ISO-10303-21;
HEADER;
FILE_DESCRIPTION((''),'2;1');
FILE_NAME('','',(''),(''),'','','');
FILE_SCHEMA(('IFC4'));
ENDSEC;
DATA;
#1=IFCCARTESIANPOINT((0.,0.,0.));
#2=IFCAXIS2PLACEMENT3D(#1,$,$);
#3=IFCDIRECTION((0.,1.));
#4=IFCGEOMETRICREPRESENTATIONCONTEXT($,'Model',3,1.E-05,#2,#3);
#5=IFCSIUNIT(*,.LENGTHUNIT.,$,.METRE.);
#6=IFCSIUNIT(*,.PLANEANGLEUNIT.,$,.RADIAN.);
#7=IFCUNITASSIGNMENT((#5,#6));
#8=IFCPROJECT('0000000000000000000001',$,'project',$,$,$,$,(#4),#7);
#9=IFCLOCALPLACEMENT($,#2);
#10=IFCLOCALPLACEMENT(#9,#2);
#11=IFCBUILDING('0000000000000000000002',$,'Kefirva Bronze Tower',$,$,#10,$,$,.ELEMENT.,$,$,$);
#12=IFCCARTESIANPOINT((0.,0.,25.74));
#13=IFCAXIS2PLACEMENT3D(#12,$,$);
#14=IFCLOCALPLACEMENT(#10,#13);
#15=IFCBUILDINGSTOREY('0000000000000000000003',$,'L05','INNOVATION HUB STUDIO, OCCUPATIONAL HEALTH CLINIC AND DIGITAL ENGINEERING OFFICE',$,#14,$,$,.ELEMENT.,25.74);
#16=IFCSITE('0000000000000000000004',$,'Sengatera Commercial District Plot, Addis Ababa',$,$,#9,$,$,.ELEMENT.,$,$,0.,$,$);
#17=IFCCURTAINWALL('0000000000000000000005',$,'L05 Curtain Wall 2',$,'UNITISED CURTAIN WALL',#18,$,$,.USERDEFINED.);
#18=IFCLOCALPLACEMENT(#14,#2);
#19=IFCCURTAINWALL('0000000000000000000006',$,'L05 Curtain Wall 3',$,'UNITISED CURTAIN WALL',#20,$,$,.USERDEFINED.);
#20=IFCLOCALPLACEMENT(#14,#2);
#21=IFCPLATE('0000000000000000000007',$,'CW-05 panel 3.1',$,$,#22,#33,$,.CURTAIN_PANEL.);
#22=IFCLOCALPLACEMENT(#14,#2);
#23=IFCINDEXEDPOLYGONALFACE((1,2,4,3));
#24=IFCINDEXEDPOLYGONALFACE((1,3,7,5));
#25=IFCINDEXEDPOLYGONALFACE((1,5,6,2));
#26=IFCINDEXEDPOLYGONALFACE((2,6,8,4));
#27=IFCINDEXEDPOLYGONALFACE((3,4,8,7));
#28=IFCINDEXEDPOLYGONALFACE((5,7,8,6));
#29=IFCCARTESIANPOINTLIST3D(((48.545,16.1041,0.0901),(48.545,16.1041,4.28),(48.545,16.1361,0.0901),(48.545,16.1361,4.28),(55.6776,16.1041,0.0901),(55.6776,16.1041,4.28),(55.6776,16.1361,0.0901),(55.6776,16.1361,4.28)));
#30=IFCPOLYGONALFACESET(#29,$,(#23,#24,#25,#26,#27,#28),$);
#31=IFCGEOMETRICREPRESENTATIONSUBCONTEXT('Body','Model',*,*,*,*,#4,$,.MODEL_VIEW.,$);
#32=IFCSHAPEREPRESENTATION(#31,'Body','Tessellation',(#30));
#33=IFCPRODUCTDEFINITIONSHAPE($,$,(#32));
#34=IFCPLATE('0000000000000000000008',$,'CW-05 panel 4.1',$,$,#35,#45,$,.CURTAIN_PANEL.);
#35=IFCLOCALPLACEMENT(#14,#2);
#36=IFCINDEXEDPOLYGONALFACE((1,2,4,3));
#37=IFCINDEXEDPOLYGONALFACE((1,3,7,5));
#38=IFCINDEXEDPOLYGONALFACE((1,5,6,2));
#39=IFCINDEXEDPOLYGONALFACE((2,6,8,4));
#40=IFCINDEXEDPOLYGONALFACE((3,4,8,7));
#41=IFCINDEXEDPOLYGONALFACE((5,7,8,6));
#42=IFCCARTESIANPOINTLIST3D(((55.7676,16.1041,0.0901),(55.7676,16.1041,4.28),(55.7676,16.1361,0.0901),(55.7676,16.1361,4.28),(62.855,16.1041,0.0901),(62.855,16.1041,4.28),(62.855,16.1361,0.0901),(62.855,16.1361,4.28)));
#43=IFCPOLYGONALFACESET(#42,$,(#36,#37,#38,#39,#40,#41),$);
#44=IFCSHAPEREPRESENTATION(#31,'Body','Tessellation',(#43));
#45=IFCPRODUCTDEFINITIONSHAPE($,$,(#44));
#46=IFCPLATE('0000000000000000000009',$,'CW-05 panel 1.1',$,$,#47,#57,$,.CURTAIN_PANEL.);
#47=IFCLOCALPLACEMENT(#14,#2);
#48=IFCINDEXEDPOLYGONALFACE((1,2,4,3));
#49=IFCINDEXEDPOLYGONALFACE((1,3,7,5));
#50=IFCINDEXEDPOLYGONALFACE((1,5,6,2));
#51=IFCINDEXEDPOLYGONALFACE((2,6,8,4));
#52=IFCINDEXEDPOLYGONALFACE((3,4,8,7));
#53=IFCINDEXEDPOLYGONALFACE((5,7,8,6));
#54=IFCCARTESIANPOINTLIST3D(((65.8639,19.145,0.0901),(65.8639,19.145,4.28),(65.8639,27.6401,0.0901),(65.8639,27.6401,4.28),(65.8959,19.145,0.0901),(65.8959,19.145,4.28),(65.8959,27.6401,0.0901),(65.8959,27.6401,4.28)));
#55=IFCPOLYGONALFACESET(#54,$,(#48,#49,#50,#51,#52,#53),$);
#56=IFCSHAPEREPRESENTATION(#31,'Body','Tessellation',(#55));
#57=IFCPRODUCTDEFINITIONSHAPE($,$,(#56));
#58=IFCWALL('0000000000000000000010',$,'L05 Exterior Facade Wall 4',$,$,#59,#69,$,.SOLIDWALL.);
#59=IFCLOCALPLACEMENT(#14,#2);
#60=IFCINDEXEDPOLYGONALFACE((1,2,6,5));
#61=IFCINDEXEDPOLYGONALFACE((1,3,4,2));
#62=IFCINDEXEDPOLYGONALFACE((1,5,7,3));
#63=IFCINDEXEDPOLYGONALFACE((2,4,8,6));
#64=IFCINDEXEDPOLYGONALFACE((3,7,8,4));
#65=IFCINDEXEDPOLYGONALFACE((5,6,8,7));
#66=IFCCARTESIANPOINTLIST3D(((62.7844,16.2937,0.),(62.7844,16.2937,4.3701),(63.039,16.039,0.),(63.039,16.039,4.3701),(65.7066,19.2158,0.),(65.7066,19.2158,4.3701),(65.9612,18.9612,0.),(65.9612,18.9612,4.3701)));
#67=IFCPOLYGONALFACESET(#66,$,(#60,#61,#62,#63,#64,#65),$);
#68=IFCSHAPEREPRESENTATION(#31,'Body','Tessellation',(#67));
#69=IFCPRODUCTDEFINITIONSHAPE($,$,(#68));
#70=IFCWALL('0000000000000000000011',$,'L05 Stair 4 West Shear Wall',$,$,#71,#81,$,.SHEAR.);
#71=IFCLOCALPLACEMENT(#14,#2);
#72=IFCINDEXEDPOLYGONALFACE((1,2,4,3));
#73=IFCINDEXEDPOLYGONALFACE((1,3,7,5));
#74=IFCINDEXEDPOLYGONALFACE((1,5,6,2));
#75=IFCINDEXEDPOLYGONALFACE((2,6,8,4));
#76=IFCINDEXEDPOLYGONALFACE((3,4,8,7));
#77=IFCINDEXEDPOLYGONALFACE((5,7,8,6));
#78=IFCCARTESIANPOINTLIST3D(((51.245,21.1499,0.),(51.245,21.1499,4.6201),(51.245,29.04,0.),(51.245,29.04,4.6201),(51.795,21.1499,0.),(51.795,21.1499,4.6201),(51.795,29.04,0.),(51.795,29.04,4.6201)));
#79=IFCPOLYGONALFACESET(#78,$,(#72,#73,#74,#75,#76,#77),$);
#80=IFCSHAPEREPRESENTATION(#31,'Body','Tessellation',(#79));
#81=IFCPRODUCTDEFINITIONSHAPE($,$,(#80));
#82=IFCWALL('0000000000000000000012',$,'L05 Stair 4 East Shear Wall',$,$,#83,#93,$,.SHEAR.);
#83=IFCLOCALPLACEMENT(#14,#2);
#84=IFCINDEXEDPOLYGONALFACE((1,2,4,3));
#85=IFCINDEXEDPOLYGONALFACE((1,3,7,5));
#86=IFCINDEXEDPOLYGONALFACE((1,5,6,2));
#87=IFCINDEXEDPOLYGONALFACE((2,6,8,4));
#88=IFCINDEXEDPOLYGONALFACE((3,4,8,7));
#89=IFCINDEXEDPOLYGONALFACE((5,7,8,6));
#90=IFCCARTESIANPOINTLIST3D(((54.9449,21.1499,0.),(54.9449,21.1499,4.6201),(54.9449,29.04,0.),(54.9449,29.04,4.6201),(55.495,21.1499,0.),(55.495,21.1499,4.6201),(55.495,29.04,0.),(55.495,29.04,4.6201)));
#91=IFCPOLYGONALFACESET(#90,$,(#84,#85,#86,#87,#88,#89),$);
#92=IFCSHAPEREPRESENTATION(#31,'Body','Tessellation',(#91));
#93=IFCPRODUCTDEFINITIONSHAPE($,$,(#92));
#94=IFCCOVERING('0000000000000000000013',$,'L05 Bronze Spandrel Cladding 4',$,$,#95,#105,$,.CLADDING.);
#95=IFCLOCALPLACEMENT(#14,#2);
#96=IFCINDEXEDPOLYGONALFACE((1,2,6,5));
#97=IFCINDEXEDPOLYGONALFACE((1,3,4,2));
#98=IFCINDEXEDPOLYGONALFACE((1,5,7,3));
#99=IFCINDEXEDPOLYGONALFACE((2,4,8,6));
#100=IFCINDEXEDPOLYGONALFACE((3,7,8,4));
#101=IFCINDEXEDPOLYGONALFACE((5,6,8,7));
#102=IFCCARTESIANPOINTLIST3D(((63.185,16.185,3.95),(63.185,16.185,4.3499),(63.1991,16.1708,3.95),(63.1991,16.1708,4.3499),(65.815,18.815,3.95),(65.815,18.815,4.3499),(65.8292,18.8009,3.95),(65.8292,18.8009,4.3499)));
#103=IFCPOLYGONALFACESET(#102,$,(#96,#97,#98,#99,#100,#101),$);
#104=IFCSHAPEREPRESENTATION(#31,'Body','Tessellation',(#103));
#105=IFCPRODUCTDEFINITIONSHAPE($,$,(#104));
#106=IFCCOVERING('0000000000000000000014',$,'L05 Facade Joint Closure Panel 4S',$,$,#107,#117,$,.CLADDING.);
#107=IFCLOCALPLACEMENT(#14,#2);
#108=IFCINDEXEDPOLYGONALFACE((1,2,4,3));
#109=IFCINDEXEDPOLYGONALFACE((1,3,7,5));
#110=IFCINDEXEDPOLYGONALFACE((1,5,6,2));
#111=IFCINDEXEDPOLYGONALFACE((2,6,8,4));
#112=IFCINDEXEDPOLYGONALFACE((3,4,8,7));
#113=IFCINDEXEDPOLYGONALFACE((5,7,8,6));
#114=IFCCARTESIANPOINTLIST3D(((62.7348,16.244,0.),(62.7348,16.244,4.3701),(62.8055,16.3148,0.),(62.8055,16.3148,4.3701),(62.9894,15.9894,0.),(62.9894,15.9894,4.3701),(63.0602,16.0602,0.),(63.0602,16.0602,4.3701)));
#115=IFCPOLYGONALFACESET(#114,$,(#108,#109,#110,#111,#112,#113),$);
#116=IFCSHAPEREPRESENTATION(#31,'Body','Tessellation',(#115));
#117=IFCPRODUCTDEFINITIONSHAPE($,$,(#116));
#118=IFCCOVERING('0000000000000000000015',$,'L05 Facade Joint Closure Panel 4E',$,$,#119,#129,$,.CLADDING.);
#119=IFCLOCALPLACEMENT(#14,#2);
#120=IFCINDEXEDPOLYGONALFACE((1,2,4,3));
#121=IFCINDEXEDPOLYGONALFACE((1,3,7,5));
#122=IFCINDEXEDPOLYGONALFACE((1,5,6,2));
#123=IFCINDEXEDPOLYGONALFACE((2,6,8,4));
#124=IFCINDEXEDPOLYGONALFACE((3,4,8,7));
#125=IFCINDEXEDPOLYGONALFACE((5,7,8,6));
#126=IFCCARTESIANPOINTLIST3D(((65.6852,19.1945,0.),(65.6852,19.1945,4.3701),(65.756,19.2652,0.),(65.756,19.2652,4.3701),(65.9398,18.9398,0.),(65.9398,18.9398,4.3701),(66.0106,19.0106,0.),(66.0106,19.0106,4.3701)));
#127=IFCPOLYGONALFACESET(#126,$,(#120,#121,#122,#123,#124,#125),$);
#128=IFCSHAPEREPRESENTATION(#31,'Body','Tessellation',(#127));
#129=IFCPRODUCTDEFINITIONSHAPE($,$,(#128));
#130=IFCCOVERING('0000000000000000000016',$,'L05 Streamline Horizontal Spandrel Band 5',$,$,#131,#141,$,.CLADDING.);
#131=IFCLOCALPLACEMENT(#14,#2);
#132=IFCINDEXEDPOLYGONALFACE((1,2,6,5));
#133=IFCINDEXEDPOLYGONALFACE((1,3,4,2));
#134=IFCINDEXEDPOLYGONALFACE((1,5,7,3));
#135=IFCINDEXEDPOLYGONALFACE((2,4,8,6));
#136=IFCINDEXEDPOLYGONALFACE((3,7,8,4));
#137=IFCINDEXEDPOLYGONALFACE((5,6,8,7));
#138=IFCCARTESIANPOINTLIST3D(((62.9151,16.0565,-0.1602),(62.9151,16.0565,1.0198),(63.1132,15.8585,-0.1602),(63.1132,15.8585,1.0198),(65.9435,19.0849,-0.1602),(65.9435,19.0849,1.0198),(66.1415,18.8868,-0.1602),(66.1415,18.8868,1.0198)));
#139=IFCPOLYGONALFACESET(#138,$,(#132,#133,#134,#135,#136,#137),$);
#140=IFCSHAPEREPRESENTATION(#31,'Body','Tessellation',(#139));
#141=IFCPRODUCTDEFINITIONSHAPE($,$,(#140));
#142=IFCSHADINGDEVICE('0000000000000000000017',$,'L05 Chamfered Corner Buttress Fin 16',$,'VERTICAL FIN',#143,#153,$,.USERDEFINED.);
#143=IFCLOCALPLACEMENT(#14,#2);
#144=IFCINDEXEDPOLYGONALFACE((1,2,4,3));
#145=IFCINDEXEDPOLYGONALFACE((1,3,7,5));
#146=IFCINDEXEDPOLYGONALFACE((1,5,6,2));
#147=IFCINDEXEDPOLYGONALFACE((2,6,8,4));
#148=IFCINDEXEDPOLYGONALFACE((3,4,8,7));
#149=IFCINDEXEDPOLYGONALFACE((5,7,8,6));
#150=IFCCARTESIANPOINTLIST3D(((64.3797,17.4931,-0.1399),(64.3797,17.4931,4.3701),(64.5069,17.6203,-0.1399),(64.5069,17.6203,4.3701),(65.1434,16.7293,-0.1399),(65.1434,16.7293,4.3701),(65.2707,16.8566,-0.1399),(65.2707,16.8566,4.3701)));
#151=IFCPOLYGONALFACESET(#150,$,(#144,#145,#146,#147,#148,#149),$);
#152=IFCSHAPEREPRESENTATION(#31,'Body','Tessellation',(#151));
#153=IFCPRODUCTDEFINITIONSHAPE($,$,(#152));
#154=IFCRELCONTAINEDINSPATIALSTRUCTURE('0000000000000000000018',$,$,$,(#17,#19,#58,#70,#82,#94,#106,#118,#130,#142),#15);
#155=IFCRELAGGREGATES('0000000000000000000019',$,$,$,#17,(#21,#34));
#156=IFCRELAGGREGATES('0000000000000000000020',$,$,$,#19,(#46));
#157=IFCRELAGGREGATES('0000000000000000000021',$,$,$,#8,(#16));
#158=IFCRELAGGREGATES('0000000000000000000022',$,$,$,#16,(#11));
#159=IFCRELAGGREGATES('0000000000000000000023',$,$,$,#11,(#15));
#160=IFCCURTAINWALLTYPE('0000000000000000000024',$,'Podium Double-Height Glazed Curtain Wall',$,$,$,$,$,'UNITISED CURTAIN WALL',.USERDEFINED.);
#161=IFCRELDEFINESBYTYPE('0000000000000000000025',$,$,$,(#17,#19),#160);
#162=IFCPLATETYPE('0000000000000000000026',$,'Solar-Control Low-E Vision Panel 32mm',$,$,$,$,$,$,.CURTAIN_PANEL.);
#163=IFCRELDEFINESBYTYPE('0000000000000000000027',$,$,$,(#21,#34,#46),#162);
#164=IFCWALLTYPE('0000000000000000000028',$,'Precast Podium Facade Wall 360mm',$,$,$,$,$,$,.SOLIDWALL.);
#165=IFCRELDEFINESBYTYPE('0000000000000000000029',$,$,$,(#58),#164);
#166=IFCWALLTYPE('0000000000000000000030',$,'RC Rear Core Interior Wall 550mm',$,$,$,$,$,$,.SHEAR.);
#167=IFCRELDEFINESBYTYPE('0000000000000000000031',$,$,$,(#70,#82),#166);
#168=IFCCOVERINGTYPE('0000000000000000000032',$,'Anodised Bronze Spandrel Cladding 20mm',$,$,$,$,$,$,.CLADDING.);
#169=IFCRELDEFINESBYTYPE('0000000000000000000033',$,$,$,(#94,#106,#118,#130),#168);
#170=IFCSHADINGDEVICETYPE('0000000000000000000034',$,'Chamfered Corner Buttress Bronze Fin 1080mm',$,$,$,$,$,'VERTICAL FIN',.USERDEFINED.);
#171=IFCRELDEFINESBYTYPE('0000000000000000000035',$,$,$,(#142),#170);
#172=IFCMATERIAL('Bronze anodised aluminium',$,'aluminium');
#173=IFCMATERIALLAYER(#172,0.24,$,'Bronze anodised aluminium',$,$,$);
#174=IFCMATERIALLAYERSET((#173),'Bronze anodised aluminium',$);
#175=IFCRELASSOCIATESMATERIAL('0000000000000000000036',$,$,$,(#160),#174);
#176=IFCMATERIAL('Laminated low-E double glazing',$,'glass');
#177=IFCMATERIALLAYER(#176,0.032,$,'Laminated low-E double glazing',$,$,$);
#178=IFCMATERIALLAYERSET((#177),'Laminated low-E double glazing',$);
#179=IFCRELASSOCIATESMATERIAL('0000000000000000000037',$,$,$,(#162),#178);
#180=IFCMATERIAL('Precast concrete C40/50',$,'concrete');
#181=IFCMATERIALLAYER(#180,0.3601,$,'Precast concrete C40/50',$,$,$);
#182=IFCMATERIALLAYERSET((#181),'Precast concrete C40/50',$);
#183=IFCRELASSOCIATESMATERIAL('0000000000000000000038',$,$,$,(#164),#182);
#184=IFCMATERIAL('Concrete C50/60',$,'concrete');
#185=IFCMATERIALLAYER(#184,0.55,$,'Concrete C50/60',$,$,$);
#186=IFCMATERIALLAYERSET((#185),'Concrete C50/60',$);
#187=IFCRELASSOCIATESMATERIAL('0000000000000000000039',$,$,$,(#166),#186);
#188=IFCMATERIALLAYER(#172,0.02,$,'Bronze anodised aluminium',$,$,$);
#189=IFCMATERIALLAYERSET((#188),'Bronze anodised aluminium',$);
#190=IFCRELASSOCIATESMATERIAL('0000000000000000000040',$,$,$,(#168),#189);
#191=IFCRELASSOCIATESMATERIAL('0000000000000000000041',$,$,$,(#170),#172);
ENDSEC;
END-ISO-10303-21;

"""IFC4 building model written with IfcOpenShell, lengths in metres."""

from ifc_helpers import new_model, si_unit, direction, frame, frame_2d, origin, origin_2d, place, context, subcontext, project, spatial, rectangle, extrude, material, layer, layer_set, material_profile, profile_set, type_object, element, aggregate, save


model = new_model("IFC4")

# Units and contexts
model_context = context("Model", 3, precision=1e-05, world=origin(), true_north=direction((0.0, 1.0)))
body_context = subcontext(model_context, "Body", "Model", "MODEL_VIEW")
ifc_project = project(units=[si_unit("LENGTHUNIT", "METRE"), si_unit("PLANEANGLEUNIT", "RADIAN")], contexts=[model_context])

# Site, building, storey
site_placement = place(None, origin())
site = spatial("IfcSite", under=ifc_project, at=site_placement, Name="Sengatera Commercial District Plot, Addis Ababa", CompositionType="ELEMENT", RefElevation=0.0)
building_placement = place(site_placement, origin())
building = spatial("IfcBuilding", under=site, at=building_placement, Name="Kefirva Bronze Tower", CompositionType="ELEMENT")
storey_placement = place(building_placement, frame((0.0, 0.0, 25.74)))
storey = spatial("IfcBuildingStorey", under=building, at=storey_placement, Name="L05", Description="INNOVATION HUB STUDIO, OCCUPATIONAL HEALTH CLINIC AND DIGITAL ENGINEERING OFFICE", CompositionType="ELEMENT", Elevation=25.74)

# Curtain wall
ifc_material_1 = material(Name="Bronze anodised aluminium", Category="aluminium")
ifc_layer_1 = layer(ifc_material_1, 0.24, Name="Bronze anodised aluminium")
ifc_layer_set_1 = layer_set([ifc_layer_1], Name="Bronze anodised aluminium")
curtain_wall_type = type_object("IfcCurtainWallType", Name="Podium Double-Height Glazed Curtain Wall", ElementType="UNITISED CURTAIN WALL", PredefinedType="USERDEFINED", material=ifc_layer_set_1)
curtain_wall_1_placement = place(storey_placement, origin())
curtain_wall_1 = element("IfcCurtainWall", 1, at=curtain_wall_1_placement, inside=storey, type_object=curtain_wall_type, Name="L05 Curtain Wall 2", ObjectType="UNITISED CURTAIN WALL", PredefinedType="USERDEFINED")

# Curtain wall
curtain_wall_2_placement = place(storey_placement, origin())
curtain_wall_2 = element("IfcCurtainWall", 2, at=curtain_wall_2_placement, inside=storey, type_object=curtain_wall_type, Name="L05 Curtain Wall 3", ObjectType="UNITISED CURTAIN WALL", PredefinedType="USERDEFINED")

# Shared definitions
ifc_material_2 = material(Name="Concrete C50/60", Category="concrete")

# Plates
ifc_material_3 = material(Name="Laminated low-E double glazing", Category="glass")
ifc_layer_2 = layer(ifc_material_3, 0.032, Name="Laminated low-E double glazing")
ifc_layer_set_2 = layer_set([ifc_layer_2], Name="Laminated low-E double glazing")
plate_type = type_object("IfcPlateType", Name="Solar-Control Low-E Vision Panel 32mm", PredefinedType="CURTAIN_PANEL", material=ifc_layer_set_2)
plate_1_placement = place(storey_placement, frame((52.1113, 16.1201, 0.0901), z_axis=(0.0, 0.0, 1.0), x_axis=(1.0, 0.0, 0.0)))
plate_1 = element("IfcPlate", 3, at=plate_1_placement, type_object=plate_type, Name="CW-05 panel 3.1", PredefinedType="CURTAIN_PANEL", context=body_context, shape_type="SweptSolid", body=[
    extrude(rectangle(XDim=7.1326, YDim=0.032, at=origin_2d()), origin(), (0.0, 0.0, 1.0), 4.1899),
])
plate_2_placement = place(storey_placement, frame((59.3113, 16.1201, 0.0901), z_axis=(0.0, 0.0, 1.0), x_axis=(1.0, 0.0, 0.0)))
plate_2 = element("IfcPlate", 4, at=plate_2_placement, type_object=plate_type, Name="CW-05 panel 4.1", PredefinedType="CURTAIN_PANEL", context=body_context, shape_type="SweptSolid", body=[
    extrude(rectangle(XDim=7.0874, YDim=0.032, at=origin_2d()), origin(), (0.0, 0.0, 1.0), 4.1899),
])
aggregate(curtain_wall_1, [plate_1, plate_2])
plate_3_placement = place(storey_placement, frame((65.8799, 23.3926, 0.0901), z_axis=(0.0, 0.0, 1.0), x_axis=(0.0, 1.0, 0.0)))
plate_3 = element("IfcPlate", 5, at=plate_3_placement, type_object=plate_type, Name="CW-05 panel 1.1", PredefinedType="CURTAIN_PANEL", context=body_context, shape_type="SweptSolid", body=[
    extrude(rectangle(XDim=8.4951, YDim=0.032, at=origin_2d()), origin(), (0.0, 0.0, 1.0), 4.1899),
])
aggregate(curtain_wall_2, [plate_3])

# Walls
ifc_material_4 = material(Name="Precast concrete C40/50", Category="concrete")
ifc_layer_3 = layer(ifc_material_4, 0.3601, Name="Precast concrete C40/50")
ifc_layer_set_3 = layer_set([ifc_layer_3], Name="Precast concrete C40/50")
wall_type_1 = type_object("IfcWallType", Name="Precast Podium Facade Wall 360mm", PredefinedType="SOLIDWALL", material=ifc_layer_set_3)
wall_1_placement = place(storey_placement, frame((62.9116, 16.1663, 0.0), z_axis=(0.0, 0.0, 1.0), x_axis=(0.707107, 0.707107, 0.0)))
element("IfcWall", 6, at=wall_1_placement, inside=storey, type_object=wall_type_1, Name="L05 Exterior Facade Wall 4", PredefinedType="SOLIDWALL", context=body_context, shape_type="SweptSolid", body=[
    extrude(rectangle(XDim=4.1326, YDim=0.3601, at=frame_2d((2.0664, 0.0))), origin(), (0.0, 0.0, 1.0), 4.3701),
])
ifc_layer_4 = layer(ifc_material_2, 0.55, Name="Concrete C50/60")
ifc_layer_set_4 = layer_set([ifc_layer_4], Name="Concrete C50/60")
wall_type_2 = type_object("IfcWallType", Name="RC Rear Core Interior Wall 550mm", PredefinedType="SHEAR", material=ifc_layer_set_4)
for number, where, z_axis, x_axis, name in (
    (7, (51.52, 21.1499, 0.0), (0.0, 0.0, 1.0), (0.0, 1.0, 0.0), "L05 Stair 4 West Shear Wall"),
    (8, (55.22, 21.1499, 0.0), (0.0, 0.0, 1.0), (0.0, 1.0, 0.0), "L05 Stair 4 East Shear Wall"),
):
    element("IfcWall", number, at=place(storey_placement, frame(where, z_axis=z_axis, x_axis=x_axis)), inside=storey, type_object=wall_type_2, Name=name, PredefinedType="SHEAR", context=body_context, shape_type="SweptSolid", body=[
        extrude(rectangle(XDim=7.8901, YDim=0.55, at=frame_2d((3.9451, 0.0))), origin(), (0.0, 0.0, 1.0), 4.6201),
    ])

# Coverings
ifc_layer_5 = layer(ifc_material_1, 0.02, Name="Bronze anodised aluminium")
ifc_layer_set_5 = layer_set([ifc_layer_5], Name="Bronze anodised aluminium")
covering_type_1 = type_object("IfcCoveringType", Name="Anodised Bronze Spandrel Cladding 20mm", PredefinedType="CLADDING", material=ifc_layer_set_5)
covering_1_placement = place(storey_placement, frame((64.5071, 17.4929, 3.95), z_axis=(0.0, 0.0, 1.0), x_axis=(0.707107, 0.707107, 0.0)))
element("IfcCovering", 9, at=covering_1_placement, inside=storey, type_object=covering_type_1, Name="L05 Bronze Spandrel Cladding 4", PredefinedType="CLADDING", context=body_context, shape_type="SweptSolid", body=[
    extrude(rectangle(XDim=3.7195, YDim=0.02, at=origin_2d()), origin(), (0.0, 0.0, 1.0), 0.3999),
])
for number, where, z_axis, x_axis, name in (
    (10, (62.8975, 16.1521, 0.0), (0.0, 0.0, 1.0), (0.707107, 0.707107, 0.0), "L05 Facade Joint Closure Panel 4S"),
    (11, (65.8479, 19.1025, 0.0), (0.0, 0.0, 1.0), (0.707107, 0.707107, 0.0), "L05 Facade Joint Closure Panel 4E"),
):
    element("IfcCovering", number, at=place(storey_placement, frame(where, z_axis=z_axis, x_axis=x_axis)), inside=storey, type_object=covering_type_1, Name=name, PredefinedType="CLADDING", context=body_context, shape_type="SweptSolid", body=[
        extrude(rectangle(XDim=0.1001, YDim=0.3601, at=origin_2d()), origin(), (0.0, 0.0, 1.0), 4.3701),
    ])
covering_2_placement = place(storey_placement, frame((64.5283, 17.4717, -0.1602), z_axis=(0.0, 0.0, 1.0), x_axis=(0.707107, 0.707107, 0.0)))
element("IfcCovering", 12, at=covering_2_placement, inside=storey, type_object=covering_type_1, Name="L05 Streamline Horizontal Spandrel Band 5", PredefinedType="CLADDING", context=body_context, shape_type="SweptSolid", body=[
    extrude(rectangle(XDim=4.2827, YDim=0.28, at=origin_2d()), origin(), (0.0, 0.0, 1.0), 1.1799),
])

# Shading device
ifc_material_profile_1 = material_profile(ifc_material_1, rectangle(XDim=0.1799, YDim=1.0801, at=origin_2d()), Name="BRONZE BUTTRESS FIN 180x1080")
ifc_profile_set_1 = profile_set([ifc_material_profile_1], Name="Bronze anodised aluminium")
shading_device_type_1 = type_object("IfcShadingDeviceType", Name="Chamfered Corner Buttress Bronze Fin 1080mm", ElementType="VERTICAL FIN", PredefinedType="USERDEFINED", material=ifc_profile_set_1)
shading_device_1_placement = place(storey_placement, frame((64.8252, 17.1748, -0.1399), z_axis=(0.0, 0.0, 1.0), x_axis=(0.707107, 0.707107, 0.0)))
element("IfcShadingDevice", 13, at=shading_device_1_placement, inside=storey, type_object=shading_device_type_1, Name="L05 Chamfered Corner Buttress Fin 16", ObjectType="VERTICAL FIN", PredefinedType="USERDEFINED", context=body_context, shape_type="SweptSolid", body=[
    extrude(rectangle(XDim=0.1799, YDim=1.0801, at=origin_2d()), origin(), (0.0, 0.0, 1.0), 4.51),
])

save(model, "model.ifc")
